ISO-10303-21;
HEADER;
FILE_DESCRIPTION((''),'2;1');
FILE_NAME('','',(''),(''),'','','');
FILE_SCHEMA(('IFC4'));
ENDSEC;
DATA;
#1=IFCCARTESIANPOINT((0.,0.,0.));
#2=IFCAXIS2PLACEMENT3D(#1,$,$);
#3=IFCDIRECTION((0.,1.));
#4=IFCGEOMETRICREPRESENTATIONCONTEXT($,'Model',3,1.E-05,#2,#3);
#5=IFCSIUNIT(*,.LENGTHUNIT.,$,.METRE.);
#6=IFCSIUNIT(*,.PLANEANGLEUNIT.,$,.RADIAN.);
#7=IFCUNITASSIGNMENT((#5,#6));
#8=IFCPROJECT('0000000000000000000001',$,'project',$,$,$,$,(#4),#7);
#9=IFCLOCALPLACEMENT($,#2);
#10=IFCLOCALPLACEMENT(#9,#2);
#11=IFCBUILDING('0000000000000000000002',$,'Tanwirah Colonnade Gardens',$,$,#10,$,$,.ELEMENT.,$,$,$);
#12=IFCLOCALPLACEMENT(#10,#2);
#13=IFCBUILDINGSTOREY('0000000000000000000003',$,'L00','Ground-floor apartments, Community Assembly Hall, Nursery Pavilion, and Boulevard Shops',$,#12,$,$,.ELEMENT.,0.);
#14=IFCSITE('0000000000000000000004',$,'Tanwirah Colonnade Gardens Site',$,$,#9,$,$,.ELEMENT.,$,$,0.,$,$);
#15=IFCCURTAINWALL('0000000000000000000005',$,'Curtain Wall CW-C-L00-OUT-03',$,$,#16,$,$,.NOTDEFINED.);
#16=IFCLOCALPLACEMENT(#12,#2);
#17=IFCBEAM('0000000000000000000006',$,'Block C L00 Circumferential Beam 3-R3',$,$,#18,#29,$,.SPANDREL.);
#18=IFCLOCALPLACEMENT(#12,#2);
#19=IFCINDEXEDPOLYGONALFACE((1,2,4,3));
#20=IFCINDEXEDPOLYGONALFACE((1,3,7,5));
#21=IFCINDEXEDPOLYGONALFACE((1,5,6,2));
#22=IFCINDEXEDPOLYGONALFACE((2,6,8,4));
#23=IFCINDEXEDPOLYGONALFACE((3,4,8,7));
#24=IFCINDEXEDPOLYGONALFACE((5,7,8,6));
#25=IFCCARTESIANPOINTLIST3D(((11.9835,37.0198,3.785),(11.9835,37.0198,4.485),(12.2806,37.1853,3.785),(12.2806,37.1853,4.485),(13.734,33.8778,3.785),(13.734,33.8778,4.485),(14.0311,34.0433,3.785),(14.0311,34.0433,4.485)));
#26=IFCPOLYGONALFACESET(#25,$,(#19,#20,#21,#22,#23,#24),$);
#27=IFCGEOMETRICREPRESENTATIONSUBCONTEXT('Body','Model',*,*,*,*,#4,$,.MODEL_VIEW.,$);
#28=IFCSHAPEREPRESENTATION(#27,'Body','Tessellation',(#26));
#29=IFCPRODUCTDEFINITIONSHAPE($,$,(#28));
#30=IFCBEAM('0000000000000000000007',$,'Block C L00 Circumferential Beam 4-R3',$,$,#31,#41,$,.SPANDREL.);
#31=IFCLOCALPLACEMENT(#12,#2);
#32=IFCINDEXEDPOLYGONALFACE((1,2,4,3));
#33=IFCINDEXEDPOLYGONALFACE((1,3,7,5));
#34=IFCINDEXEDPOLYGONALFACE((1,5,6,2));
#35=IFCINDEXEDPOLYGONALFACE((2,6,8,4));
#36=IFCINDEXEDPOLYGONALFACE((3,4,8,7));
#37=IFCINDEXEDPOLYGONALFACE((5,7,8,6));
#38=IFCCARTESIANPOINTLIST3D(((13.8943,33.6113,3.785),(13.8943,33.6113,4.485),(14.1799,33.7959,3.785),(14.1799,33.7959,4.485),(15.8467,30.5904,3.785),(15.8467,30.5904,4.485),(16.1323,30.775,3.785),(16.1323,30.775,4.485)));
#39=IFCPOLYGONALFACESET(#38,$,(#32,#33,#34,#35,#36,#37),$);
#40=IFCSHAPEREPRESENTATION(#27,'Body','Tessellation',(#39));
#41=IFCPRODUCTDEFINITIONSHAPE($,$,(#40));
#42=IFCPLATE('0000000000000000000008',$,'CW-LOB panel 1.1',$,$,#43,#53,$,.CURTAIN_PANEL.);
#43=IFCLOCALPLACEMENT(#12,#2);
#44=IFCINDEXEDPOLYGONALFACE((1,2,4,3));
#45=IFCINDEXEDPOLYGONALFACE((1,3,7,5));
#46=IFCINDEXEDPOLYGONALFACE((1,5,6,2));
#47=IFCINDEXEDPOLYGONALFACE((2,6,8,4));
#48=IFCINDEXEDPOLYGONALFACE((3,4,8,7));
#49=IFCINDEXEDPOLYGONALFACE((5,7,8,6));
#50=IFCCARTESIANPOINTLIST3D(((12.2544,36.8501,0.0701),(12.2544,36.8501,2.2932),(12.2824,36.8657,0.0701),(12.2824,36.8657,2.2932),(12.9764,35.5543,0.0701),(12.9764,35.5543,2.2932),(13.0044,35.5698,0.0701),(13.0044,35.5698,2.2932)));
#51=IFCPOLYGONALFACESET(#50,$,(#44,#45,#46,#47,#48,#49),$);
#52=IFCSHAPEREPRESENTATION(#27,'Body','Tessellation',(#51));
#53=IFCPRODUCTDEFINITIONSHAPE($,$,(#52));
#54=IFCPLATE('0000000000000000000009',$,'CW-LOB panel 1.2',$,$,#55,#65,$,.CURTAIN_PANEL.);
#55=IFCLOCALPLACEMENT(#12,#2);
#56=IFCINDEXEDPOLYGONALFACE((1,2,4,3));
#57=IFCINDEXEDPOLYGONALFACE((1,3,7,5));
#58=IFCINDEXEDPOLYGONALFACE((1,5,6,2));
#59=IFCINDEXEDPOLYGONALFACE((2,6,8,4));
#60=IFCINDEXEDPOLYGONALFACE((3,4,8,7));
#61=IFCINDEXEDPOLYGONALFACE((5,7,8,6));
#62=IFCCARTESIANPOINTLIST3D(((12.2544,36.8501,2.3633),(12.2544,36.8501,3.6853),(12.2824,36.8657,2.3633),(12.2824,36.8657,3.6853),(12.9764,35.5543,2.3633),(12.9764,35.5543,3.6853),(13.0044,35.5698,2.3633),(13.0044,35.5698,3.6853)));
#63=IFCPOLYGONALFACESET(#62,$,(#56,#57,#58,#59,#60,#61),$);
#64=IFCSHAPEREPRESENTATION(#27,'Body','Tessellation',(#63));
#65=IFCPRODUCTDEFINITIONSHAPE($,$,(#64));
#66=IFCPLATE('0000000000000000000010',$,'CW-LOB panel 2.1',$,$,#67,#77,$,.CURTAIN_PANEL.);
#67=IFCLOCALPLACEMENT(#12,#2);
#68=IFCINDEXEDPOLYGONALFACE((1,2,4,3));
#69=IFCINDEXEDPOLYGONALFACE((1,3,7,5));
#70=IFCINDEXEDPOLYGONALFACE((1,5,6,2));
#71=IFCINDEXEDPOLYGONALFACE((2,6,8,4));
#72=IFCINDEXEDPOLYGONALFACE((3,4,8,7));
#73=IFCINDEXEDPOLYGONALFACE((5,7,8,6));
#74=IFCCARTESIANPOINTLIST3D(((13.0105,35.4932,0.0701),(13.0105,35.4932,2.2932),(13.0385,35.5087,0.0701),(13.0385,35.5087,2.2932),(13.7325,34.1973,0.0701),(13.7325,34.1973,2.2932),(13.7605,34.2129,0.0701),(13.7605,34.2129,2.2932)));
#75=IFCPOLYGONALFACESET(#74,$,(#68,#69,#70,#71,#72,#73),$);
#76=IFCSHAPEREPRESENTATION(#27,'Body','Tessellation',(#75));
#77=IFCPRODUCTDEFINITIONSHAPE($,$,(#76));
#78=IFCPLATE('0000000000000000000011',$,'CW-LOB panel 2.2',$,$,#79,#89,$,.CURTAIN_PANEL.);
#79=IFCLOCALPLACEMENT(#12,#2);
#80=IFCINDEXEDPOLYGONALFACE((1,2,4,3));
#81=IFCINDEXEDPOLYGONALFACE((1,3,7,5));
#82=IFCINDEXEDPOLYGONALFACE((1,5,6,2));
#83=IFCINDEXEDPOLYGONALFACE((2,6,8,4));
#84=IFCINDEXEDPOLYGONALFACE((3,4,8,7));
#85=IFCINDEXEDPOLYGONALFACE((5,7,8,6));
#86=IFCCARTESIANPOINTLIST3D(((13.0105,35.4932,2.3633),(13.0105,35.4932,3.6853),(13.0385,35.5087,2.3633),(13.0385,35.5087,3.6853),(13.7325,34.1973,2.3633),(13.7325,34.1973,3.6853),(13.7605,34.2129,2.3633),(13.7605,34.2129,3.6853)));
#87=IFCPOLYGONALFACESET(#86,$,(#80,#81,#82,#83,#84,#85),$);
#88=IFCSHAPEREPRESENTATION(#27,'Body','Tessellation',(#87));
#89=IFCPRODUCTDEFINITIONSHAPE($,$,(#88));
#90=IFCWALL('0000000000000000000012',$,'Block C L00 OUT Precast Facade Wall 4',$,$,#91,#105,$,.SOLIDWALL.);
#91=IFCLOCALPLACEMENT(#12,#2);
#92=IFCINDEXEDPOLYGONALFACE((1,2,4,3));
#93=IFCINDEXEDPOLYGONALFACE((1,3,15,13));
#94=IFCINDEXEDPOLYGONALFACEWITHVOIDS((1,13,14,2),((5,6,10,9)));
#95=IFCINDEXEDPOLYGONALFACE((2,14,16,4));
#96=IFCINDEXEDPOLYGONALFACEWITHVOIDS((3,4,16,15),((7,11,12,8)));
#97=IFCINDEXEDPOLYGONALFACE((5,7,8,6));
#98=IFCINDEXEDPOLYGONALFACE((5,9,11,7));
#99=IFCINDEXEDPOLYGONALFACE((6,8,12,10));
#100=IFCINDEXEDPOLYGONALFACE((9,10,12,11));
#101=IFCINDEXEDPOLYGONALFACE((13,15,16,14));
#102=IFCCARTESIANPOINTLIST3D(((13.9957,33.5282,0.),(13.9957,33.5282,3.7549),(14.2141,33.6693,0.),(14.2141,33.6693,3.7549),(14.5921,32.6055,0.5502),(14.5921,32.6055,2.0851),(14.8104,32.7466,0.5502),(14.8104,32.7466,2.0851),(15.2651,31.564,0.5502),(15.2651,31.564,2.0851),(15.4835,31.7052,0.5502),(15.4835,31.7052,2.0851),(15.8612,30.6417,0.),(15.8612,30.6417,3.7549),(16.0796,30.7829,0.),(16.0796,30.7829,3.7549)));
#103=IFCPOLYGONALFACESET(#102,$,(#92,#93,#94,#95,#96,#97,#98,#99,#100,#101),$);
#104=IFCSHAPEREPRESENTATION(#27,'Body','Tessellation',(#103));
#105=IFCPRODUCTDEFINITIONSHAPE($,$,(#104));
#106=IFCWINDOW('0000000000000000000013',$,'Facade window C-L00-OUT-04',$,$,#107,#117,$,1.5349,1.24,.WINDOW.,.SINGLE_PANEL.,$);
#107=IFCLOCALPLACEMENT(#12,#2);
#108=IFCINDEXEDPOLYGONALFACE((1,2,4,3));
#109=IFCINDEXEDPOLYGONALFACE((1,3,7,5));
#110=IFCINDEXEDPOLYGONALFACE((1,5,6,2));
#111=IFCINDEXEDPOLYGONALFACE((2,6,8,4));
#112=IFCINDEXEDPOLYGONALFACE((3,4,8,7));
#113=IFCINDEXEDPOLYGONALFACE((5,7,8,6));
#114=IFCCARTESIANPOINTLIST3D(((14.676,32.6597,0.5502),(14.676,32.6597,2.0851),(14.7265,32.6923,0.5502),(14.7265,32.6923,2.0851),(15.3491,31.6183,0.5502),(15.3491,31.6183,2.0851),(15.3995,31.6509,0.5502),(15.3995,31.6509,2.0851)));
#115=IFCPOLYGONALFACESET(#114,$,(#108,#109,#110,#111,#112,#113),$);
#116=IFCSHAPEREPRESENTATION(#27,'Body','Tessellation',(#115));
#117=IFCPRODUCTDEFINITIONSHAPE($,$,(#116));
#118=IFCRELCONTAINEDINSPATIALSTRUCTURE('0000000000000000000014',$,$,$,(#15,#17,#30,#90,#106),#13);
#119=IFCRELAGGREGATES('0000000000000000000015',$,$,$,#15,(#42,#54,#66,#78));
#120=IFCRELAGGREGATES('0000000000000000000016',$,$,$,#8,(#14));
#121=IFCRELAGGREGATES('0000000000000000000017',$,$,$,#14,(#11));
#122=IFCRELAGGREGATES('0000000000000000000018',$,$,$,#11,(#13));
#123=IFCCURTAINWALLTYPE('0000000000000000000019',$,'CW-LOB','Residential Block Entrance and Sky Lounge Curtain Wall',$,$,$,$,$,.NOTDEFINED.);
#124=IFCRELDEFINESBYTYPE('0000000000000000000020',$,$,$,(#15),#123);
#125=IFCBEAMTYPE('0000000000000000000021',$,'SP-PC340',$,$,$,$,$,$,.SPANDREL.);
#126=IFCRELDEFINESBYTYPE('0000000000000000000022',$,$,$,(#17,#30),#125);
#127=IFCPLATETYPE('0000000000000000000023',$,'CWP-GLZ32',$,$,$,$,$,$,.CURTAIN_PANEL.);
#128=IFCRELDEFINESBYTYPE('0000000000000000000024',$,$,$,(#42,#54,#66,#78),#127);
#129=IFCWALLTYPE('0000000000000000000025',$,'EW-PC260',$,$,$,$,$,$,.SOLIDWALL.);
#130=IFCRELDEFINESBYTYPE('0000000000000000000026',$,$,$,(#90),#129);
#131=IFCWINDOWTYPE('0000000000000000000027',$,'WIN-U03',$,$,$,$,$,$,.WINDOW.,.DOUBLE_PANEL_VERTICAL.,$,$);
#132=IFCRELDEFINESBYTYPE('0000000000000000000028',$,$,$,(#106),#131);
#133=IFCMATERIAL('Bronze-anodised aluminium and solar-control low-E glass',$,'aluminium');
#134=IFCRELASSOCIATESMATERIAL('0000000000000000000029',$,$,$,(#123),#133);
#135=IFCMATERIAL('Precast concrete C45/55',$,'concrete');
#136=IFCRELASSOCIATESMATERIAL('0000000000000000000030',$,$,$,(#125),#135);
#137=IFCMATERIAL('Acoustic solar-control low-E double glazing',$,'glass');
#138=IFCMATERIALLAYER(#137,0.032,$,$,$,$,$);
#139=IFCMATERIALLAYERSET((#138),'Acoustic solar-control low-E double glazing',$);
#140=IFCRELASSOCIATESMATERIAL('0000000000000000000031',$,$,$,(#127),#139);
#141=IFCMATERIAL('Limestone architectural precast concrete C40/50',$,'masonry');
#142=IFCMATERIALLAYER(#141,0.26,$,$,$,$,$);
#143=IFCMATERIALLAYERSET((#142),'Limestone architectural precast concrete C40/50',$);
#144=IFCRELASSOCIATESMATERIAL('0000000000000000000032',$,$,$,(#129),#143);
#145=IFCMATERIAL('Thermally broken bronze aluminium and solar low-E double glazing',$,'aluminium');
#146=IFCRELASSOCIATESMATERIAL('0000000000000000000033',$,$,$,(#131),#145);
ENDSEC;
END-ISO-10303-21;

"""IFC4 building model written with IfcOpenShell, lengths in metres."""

from ifc_helpers import new_model, si_unit, direction, frame, frame_2d, origin, origin_2d, place, context, subcontext, project, spatial, rectangle, extrude, material, layer, layer_set, material_profile, profile_set, type_object, element, fill, aggregate, save


model = new_model("IFC4")

# Units and contexts
model_context = context("Model", 3, precision=1e-05, world=origin(), true_north=direction((0.0, 1.0)))
body_context = subcontext(model_context, "Body", "Model", "MODEL_VIEW")
ifc_project = project(units=[si_unit("LENGTHUNIT", "METRE"), si_unit("PLANEANGLEUNIT", "RADIAN")], contexts=[model_context])

# Site, building, storey
site_placement = place(None, origin())
site = spatial("IfcSite", under=ifc_project, at=site_placement, Name="Tanwirah Colonnade Gardens Site", CompositionType="ELEMENT", RefElevation=0.0)
building_placement = place(site_placement, origin())
building = spatial("IfcBuilding", under=site, at=building_placement, Name="Tanwirah Colonnade Gardens", CompositionType="ELEMENT")
storey_placement = place(building_placement, origin())
storey = spatial("IfcBuildingStorey", under=building, at=storey_placement, Name="L00", Description="Ground-floor apartments, Community Assembly Hall, Nursery Pavilion, and Boulevard Shops", CompositionType="ELEMENT", Elevation=0.0)

# Shared definitions
ifc_material_1 = material(Name="Precast concrete C45/55", Category="concrete")

# Curtain wall
ifc_material_2 = material(Name="Bronze-anodised aluminium and solar-control low-E glass", Category="aluminium")
curtain_wall_type = type_object("IfcCurtainWallType", Name="CW-LOB", Description="Residential Block Entrance and Sky Lounge Curtain Wall", PredefinedType="NOTDEFINED", material=ifc_material_2)
curtain_wall_placement = place(storey_placement, origin())
curtain_wall = element("IfcCurtainWall", 1, at=curtain_wall_placement, inside=storey, type_object=curtain_wall_type, Name="Curtain Wall CW-C-L00-OUT-03", PredefinedType="NOTDEFINED")

# Beams
ifc_material_profile_1 = material_profile(ifc_material_1, rectangle(XDim=0.3401, YDim=0.7, at=origin_2d()), Name="PC-SP 340x700")
ifc_profile_set_1 = profile_set([ifc_material_profile_1], Name="Precast concrete C45/55")
beam_type = type_object("IfcBeamType", Name="SP-PC340", PredefinedType="SPANDREL", material=ifc_profile_set_1)
beam_1_placement = place(storey_placement, frame((12.1321, 37.1025, 4.135), z_axis=(0.48668, -0.87358, 0.0), x_axis=(0.87358, 0.48668, 0.0)))
element("IfcBeam", 2, at=beam_1_placement, inside=storey, type_object=beam_type, Name="Block C L00 Circumferential Beam 3-R3", PredefinedType="SPANDREL", context=body_context, shape_type="SweptSolid", body=[
    extrude(rectangle(XDim=0.3401, YDim=0.7, at=origin_2d()), origin(), (0.0, 0.0, 1.0), 3.5967),
])
beam_2_placement = place(storey_placement, frame((14.0371, 33.7036, 4.135), z_axis=(0.542787, -0.83987, 0.0), x_axis=(0.83987, 0.542787, 0.0)))
element("IfcBeam", 3, at=beam_2_placement, inside=storey, type_object=beam_type, Name="Block C L00 Circumferential Beam 4-R3", PredefinedType="SPANDREL", context=body_context, shape_type="SweptSolid", body=[
    extrude(rectangle(XDim=0.3401, YDim=0.7, at=origin_2d()), origin(), (0.0, 0.0, 1.0), 3.5969),
])

# Plates
ifc_material_3 = material(Name="Acoustic solar-control low-E double glazing", Category="glass")
ifc_layer_1 = layer(ifc_material_3, 0.032)
ifc_layer_set_1 = layer_set([ifc_layer_1], Name="Acoustic solar-control low-E double glazing")
plate_type = type_object("IfcPlateType", Name="CWP-GLZ32", PredefinedType="CURTAIN_PANEL", material=ifc_layer_set_1)
plate_1_placement = place(storey_placement, frame((12.6294, 36.21, 0.0701), z_axis=(0.0, 0.0, 1.0), x_axis=(0.486715, -0.873561, 0.0)))
plate_1 = element("IfcPlate", 4, at=plate_1_placement, type_object=plate_type, Name="CW-LOB panel 1.1", PredefinedType="CURTAIN_PANEL", context=body_context, shape_type="SweptSolid", body=[
    extrude(rectangle(XDim=1.4834, YDim=0.032, at=origin_2d()), origin(), (0.0, 0.0, 1.0), 2.2231),
])
plate_2_placement = place(storey_placement, frame((12.6294, 36.21, 2.3633), z_axis=(0.0, 0.0, 1.0), x_axis=(0.486715, -0.873561, 0.0)))
plate_2 = element("IfcPlate", 5, at=plate_2_placement, type_object=plate_type, Name="CW-LOB panel 1.2", PredefinedType="CURTAIN_PANEL", context=body_context, shape_type="SweptSolid", body=[
    extrude(rectangle(XDim=1.4834, YDim=0.032, at=origin_2d()), origin(), (0.0, 0.0, 1.0), 1.322),
])
plate_3_placement = place(storey_placement, frame((13.3855, 34.853, 0.0701), z_axis=(0.0, 0.0, 1.0), x_axis=(0.486715, -0.873561, 0.0)))
plate_3 = element("IfcPlate", 6, at=plate_3_placement, type_object=plate_type, Name="CW-LOB panel 2.1", PredefinedType="CURTAIN_PANEL", context=body_context, shape_type="SweptSolid", body=[
    extrude(rectangle(XDim=1.4834, YDim=0.032, at=origin_2d()), origin(), (0.0, 0.0, 1.0), 2.2231),
])
plate_4_placement = place(storey_placement, frame((13.3855, 34.853, 2.3633), z_axis=(0.0, 0.0, 1.0), x_axis=(0.486715, -0.873561, 0.0)))
plate_4 = element("IfcPlate", 7, at=plate_4_placement, type_object=plate_type, Name="CW-LOB panel 2.2", PredefinedType="CURTAIN_PANEL", context=body_context, shape_type="SweptSolid", body=[
    extrude(rectangle(XDim=1.4834, YDim=0.032, at=origin_2d()), origin(), (0.0, 0.0, 1.0), 1.322),
])
aggregate(curtain_wall, [plate_1, plate_2, plate_3, plate_4])

# Wall, opening, window
ifc_material_4 = material(Name="Limestone architectural precast concrete C40/50", Category="masonry")
ifc_layer_2 = layer(ifc_material_4, 0.26)
ifc_layer_set_2 = layer_set([ifc_layer_2], Name="Limestone architectural precast concrete C40/50")
wall_type = type_object("IfcWallType", Name="EW-PC260", PredefinedType="SOLIDWALL", material=ifc_layer_set_2)
wall_placement = place(storey_placement, frame((14.105, 33.5986, 0.0), z_axis=(0.0, 0.0, 1.0), x_axis=(0.542792, -0.839867, 0.0)))
wall = element("IfcWall", 8, at=wall_placement, inside=storey, type_object=wall_type, Name="Block C L00 OUT Precast Facade Wall 4", PredefinedType="SOLIDWALL", context=body_context, shape_type="SweptSolid", body=[
    extrude(rectangle(XDim=3.4368, YDim=0.26, at=frame_2d((1.7183, 0.0))), origin(), (0.0, 0.0, 1.0), 3.7549),
])
opening_placement = place(wall_placement, frame((1.0984, 0.0, 0.55)))
opening = element("IfcOpeningElement", 9, at=opening_placement, cuts=wall, PredefinedType="OPENING", context=body_context, shape_type="SweptSolid", body=[
    extrude(rectangle(XDim=1.24, YDim=1.5349, at=frame_2d((0.6201, 0.7676))), frame((0.0, 0.1399, 0.0), z_axis=(0.0, -1.0, 0.0), x_axis=(1.0, 0.0, 0.0)), (0.0, 0.0, 1.0), 0.28),
])
ifc_material_5 = material(Name="Thermally broken bronze aluminium and solar low-E double glazing", Category="aluminium")
window_type = type_object("IfcWindowType", Name="WIN-U03", PartitioningType="DOUBLE_PANEL_VERTICAL", PredefinedType="WINDOW", material=ifc_material_5)
window_placement = place(opening_placement, origin())
window = element("IfcWindow", 10, at=window_placement, inside=storey, type_object=window_type, Name="Facade window C-L00-OUT-04", OverallHeight=1.5349, OverallWidth=1.24, PartitioningType="SINGLE_PANEL", PredefinedType="WINDOW", context=body_context, shape_type="SweptSolid", body=[
    extrude(rectangle(XDim=1.24, YDim=1.5349, at=frame_2d((0.6201, 0.7676))), frame((0.0, 0.03, 0.0), z_axis=(0.0, -1.0, 0.0), x_axis=(1.0, 0.0, 0.0)), (0.0, 0.0, 1.0), 0.0601),
])
fill(opening, window)

save(model, "model.ifc")
